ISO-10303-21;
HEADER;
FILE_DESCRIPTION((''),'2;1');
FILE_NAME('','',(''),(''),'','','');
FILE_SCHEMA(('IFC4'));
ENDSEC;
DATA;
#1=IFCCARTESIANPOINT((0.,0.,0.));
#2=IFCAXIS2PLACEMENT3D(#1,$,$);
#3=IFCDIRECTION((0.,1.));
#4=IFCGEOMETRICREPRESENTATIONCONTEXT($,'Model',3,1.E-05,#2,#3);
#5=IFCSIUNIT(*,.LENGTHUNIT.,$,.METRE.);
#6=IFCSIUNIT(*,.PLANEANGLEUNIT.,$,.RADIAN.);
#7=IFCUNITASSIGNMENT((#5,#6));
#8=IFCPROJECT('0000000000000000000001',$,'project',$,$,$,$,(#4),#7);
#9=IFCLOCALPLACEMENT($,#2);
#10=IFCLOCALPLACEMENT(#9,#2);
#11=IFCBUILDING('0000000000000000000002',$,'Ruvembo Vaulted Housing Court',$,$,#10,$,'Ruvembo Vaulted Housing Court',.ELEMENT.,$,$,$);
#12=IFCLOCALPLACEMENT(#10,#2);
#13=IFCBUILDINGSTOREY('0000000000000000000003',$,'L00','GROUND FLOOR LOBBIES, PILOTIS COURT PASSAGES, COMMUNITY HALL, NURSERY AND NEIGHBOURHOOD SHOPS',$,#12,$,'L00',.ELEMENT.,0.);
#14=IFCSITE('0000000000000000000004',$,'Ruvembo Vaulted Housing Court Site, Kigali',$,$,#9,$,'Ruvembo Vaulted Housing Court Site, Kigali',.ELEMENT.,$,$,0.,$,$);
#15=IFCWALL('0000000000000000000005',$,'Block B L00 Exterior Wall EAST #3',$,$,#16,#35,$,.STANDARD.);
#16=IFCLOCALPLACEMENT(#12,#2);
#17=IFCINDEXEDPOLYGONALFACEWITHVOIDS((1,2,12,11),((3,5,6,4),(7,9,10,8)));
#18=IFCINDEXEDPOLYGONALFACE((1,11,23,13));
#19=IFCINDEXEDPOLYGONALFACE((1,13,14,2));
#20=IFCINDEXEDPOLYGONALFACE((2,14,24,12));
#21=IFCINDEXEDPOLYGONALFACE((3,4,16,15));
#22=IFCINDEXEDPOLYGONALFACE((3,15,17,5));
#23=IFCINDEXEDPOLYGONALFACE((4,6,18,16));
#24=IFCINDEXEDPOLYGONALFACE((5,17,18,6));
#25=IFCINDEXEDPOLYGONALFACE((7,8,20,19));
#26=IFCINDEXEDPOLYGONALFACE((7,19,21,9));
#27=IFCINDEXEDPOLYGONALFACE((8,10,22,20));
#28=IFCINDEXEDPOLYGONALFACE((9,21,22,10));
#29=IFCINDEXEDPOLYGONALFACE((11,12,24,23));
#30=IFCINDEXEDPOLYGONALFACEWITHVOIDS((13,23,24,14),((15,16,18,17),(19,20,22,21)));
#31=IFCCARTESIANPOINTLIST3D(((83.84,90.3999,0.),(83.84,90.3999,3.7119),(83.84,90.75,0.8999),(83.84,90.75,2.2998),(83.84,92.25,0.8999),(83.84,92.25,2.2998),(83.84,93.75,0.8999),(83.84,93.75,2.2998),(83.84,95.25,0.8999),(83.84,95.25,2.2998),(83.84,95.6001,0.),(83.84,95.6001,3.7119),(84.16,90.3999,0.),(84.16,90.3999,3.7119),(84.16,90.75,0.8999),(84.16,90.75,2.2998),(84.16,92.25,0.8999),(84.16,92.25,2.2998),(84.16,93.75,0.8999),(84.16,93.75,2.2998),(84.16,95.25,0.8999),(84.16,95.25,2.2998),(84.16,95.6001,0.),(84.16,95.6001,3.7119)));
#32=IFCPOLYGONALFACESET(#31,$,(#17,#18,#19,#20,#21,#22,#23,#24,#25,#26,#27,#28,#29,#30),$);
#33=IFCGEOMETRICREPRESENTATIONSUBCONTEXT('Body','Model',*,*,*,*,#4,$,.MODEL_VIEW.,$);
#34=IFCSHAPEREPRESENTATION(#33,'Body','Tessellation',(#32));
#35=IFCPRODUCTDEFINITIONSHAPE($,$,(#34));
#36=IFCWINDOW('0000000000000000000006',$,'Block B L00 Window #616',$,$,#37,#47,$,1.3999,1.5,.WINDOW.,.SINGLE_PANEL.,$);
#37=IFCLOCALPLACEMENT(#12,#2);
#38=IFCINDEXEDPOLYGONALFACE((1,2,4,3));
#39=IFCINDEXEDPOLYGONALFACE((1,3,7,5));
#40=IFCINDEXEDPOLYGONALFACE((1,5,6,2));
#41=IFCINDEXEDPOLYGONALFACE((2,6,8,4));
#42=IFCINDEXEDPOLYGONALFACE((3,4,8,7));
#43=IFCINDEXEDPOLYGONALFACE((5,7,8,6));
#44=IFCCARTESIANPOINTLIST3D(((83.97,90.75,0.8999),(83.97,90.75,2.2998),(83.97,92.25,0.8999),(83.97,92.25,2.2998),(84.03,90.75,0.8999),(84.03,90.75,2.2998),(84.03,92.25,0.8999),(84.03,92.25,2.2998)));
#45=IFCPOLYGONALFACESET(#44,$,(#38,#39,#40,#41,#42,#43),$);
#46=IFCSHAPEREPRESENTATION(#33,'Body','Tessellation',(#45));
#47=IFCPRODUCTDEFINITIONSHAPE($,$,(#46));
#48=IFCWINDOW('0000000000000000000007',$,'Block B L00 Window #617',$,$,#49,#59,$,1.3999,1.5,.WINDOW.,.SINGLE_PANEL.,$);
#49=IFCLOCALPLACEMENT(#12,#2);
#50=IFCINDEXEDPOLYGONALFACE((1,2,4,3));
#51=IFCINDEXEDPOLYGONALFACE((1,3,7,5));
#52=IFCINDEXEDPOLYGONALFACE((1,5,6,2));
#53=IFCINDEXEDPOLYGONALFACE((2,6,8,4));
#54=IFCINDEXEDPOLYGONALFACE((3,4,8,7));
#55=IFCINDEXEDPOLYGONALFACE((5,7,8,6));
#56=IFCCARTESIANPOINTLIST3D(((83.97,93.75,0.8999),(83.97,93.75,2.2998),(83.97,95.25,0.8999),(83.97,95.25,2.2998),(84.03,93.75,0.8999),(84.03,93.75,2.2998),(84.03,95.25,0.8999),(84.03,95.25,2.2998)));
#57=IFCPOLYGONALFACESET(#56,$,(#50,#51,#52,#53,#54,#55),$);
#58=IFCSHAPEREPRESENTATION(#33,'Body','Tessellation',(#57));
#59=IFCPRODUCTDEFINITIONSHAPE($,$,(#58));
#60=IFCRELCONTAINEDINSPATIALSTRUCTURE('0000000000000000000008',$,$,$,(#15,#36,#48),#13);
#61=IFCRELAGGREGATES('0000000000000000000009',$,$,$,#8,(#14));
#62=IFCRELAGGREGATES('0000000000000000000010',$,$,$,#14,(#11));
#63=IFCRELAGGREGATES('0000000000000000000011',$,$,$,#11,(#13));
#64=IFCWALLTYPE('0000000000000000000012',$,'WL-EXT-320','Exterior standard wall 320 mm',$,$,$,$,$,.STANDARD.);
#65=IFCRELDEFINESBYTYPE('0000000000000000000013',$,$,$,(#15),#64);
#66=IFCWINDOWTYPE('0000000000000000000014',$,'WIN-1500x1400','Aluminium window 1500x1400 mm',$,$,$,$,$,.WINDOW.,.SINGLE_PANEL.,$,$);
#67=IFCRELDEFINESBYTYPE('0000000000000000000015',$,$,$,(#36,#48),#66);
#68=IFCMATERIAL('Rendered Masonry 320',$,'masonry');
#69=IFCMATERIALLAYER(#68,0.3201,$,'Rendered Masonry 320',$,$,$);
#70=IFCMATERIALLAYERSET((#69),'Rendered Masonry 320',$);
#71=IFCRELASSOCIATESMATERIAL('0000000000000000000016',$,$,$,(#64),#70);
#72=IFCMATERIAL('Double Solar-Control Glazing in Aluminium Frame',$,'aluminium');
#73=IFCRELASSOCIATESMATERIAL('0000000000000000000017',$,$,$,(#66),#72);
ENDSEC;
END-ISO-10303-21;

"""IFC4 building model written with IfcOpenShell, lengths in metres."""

from ifc_helpers import new_model, si_unit, direction, frame, frame_2d, origin, place, context, subcontext, project, spatial, rectangle, extrude, material, layer, layer_set, type_object, element, fill, save


model = new_model("IFC4")

# Units and contexts
model_context = context("Model", 3, precision=1e-05, world=origin(), true_north=direction((0.0, 1.0)))
body_context = subcontext(model_context, "Body", "Model", "MODEL_VIEW")
ifc_project = project(units=[si_unit("LENGTHUNIT", "METRE"), si_unit("PLANEANGLEUNIT", "RADIAN")], contexts=[model_context])

# Site, building, storey
site_placement = place(None, origin())
site = spatial("IfcSite", under=ifc_project, at=site_placement, Name="Ruvembo Vaulted Housing Court Site, Kigali", LongName="Ruvembo Vaulted Housing Court Site, Kigali", CompositionType="ELEMENT", RefElevation=0.0)
building_placement = place(site_placement, origin())
building = spatial("IfcBuilding", under=site, at=building_placement, Name="Ruvembo Vaulted Housing Court", LongName="Ruvembo Vaulted Housing Court", CompositionType="ELEMENT")
storey_placement = place(building_placement, origin())
storey = spatial("IfcBuildingStorey", under=building, at=storey_placement, Name="L00", Description="GROUND FLOOR LOBBIES, PILOTIS COURT PASSAGES, COMMUNITY HALL, NURSERY AND NEIGHBOURHOOD SHOPS", LongName="L00", CompositionType="ELEMENT", Elevation=0.0)

# Wall, openings, windows
ifc_material_1 = material(Name="Rendered Masonry 320", Category="masonry")
ifc_layer = layer(ifc_material_1, 0.3201, Name="Rendered Masonry 320")
ifc_layer_set = layer_set([ifc_layer], Name="Rendered Masonry 320")
wall_type = type_object("IfcWallType", Name="WL-EXT-320", Description="Exterior standard wall 320 mm", PredefinedType="STANDARD", material=ifc_layer_set)
ifc_material_2 = material(Name="Double Solar-Control Glazing in Aluminium Frame", Category="aluminium")
window_type_1 = type_object("IfcWindowType", Name="WIN-1500x1400", Description="Aluminium window 1500x1400 mm", PartitioningType="SINGLE_PANEL", PredefinedType="WINDOW", material=ifc_material_2)
wall_1_placement = place(storey_placement, frame((84.0, 90.3999, 0.0), z_axis=(0.0, 0.0, 1.0), x_axis=(0.0, 1.0, 0.0)))
wall_1 = element("IfcWall", 1, at=wall_1_placement, inside=storey, type_object=wall_type, Name="Block B L00 Exterior Wall EAST #3", PredefinedType="STANDARD", context=body_context, shape_type="SweptSolid", body=[
    extrude(rectangle(XDim=5.2002, YDim=0.3201, at=frame_2d((2.6001, 0.0))), origin(), (0.0, 0.0, 1.0), 3.7119),
])
opening_1_placement = place(wall_1_placement, frame((0.3501, 0.0, 0.8999)))
opening_1 = element("IfcOpeningElement", 2, at=opening_1_placement, cuts=wall_1, PredefinedType="OPENING", context=body_context, shape_type="SweptSolid", body=[
    extrude(rectangle(XDim=1.5, YDim=1.3999, at=frame_2d((0.75, 0.7))), frame((0.0, 0.1699, 0.0), z_axis=(0.0, -1.0, 0.0), x_axis=(1.0, 0.0, 0.0)), (0.0, 0.0, 1.0), 0.3401),
])
opening_2_placement = place(wall_1_placement, frame((3.3501, 0.0, 0.8999)))
opening_2 = element("IfcOpeningElement", 3, at=opening_2_placement, cuts=wall_1, PredefinedType="OPENING", context=body_context, shape_type="SweptSolid", body=[
    extrude(rectangle(XDim=1.5, YDim=1.3999, at=frame_2d((0.75, 0.7))), frame((0.0, 0.1699, 0.0), z_axis=(0.0, -1.0, 0.0), x_axis=(1.0, 0.0, 0.0)), (0.0, 0.0, 1.0), 0.3401),
])
window_1_placement = place(opening_1_placement, origin())
window_1 = element("IfcWindow", 4, at=window_1_placement, inside=storey, type_object=window_type_1, Name="Block B L00 Window #616", OverallHeight=1.3999, OverallWidth=1.5, PartitioningType="SINGLE_PANEL", PredefinedType="WINDOW", context=body_context, shape_type="SweptSolid", body=[
    extrude(rectangle(XDim=1.5, YDim=1.3999, at=frame_2d((0.75, 0.7))), frame((0.0, 0.03, 0.0), z_axis=(0.0, -1.0, 0.0), x_axis=(1.0, 0.0, 0.0)), (0.0, 0.0, 1.0), 0.0601),
])
fill(opening_1, window_1)
window_2_placement = place(opening_2_placement, origin())
window_2 = element("IfcWindow", 5, at=window_2_placement, inside=storey, type_object=window_type_1, Name="Block B L00 Window #617", OverallHeight=1.3999, OverallWidth=1.5, PartitioningType="SINGLE_PANEL", PredefinedType="WINDOW", context=body_context, shape_type="SweptSolid", body=[
    extrude(rectangle(XDim=1.5, YDim=1.3999, at=frame_2d((0.75, 0.7))), frame((0.0, 0.03, 0.0), z_axis=(0.0, -1.0, 0.0), x_axis=(1.0, 0.0, 0.0)), (0.0, 0.0, 1.0), 0.0601),
])
fill(opening_2, window_2)

save(model, "model.ifc")
